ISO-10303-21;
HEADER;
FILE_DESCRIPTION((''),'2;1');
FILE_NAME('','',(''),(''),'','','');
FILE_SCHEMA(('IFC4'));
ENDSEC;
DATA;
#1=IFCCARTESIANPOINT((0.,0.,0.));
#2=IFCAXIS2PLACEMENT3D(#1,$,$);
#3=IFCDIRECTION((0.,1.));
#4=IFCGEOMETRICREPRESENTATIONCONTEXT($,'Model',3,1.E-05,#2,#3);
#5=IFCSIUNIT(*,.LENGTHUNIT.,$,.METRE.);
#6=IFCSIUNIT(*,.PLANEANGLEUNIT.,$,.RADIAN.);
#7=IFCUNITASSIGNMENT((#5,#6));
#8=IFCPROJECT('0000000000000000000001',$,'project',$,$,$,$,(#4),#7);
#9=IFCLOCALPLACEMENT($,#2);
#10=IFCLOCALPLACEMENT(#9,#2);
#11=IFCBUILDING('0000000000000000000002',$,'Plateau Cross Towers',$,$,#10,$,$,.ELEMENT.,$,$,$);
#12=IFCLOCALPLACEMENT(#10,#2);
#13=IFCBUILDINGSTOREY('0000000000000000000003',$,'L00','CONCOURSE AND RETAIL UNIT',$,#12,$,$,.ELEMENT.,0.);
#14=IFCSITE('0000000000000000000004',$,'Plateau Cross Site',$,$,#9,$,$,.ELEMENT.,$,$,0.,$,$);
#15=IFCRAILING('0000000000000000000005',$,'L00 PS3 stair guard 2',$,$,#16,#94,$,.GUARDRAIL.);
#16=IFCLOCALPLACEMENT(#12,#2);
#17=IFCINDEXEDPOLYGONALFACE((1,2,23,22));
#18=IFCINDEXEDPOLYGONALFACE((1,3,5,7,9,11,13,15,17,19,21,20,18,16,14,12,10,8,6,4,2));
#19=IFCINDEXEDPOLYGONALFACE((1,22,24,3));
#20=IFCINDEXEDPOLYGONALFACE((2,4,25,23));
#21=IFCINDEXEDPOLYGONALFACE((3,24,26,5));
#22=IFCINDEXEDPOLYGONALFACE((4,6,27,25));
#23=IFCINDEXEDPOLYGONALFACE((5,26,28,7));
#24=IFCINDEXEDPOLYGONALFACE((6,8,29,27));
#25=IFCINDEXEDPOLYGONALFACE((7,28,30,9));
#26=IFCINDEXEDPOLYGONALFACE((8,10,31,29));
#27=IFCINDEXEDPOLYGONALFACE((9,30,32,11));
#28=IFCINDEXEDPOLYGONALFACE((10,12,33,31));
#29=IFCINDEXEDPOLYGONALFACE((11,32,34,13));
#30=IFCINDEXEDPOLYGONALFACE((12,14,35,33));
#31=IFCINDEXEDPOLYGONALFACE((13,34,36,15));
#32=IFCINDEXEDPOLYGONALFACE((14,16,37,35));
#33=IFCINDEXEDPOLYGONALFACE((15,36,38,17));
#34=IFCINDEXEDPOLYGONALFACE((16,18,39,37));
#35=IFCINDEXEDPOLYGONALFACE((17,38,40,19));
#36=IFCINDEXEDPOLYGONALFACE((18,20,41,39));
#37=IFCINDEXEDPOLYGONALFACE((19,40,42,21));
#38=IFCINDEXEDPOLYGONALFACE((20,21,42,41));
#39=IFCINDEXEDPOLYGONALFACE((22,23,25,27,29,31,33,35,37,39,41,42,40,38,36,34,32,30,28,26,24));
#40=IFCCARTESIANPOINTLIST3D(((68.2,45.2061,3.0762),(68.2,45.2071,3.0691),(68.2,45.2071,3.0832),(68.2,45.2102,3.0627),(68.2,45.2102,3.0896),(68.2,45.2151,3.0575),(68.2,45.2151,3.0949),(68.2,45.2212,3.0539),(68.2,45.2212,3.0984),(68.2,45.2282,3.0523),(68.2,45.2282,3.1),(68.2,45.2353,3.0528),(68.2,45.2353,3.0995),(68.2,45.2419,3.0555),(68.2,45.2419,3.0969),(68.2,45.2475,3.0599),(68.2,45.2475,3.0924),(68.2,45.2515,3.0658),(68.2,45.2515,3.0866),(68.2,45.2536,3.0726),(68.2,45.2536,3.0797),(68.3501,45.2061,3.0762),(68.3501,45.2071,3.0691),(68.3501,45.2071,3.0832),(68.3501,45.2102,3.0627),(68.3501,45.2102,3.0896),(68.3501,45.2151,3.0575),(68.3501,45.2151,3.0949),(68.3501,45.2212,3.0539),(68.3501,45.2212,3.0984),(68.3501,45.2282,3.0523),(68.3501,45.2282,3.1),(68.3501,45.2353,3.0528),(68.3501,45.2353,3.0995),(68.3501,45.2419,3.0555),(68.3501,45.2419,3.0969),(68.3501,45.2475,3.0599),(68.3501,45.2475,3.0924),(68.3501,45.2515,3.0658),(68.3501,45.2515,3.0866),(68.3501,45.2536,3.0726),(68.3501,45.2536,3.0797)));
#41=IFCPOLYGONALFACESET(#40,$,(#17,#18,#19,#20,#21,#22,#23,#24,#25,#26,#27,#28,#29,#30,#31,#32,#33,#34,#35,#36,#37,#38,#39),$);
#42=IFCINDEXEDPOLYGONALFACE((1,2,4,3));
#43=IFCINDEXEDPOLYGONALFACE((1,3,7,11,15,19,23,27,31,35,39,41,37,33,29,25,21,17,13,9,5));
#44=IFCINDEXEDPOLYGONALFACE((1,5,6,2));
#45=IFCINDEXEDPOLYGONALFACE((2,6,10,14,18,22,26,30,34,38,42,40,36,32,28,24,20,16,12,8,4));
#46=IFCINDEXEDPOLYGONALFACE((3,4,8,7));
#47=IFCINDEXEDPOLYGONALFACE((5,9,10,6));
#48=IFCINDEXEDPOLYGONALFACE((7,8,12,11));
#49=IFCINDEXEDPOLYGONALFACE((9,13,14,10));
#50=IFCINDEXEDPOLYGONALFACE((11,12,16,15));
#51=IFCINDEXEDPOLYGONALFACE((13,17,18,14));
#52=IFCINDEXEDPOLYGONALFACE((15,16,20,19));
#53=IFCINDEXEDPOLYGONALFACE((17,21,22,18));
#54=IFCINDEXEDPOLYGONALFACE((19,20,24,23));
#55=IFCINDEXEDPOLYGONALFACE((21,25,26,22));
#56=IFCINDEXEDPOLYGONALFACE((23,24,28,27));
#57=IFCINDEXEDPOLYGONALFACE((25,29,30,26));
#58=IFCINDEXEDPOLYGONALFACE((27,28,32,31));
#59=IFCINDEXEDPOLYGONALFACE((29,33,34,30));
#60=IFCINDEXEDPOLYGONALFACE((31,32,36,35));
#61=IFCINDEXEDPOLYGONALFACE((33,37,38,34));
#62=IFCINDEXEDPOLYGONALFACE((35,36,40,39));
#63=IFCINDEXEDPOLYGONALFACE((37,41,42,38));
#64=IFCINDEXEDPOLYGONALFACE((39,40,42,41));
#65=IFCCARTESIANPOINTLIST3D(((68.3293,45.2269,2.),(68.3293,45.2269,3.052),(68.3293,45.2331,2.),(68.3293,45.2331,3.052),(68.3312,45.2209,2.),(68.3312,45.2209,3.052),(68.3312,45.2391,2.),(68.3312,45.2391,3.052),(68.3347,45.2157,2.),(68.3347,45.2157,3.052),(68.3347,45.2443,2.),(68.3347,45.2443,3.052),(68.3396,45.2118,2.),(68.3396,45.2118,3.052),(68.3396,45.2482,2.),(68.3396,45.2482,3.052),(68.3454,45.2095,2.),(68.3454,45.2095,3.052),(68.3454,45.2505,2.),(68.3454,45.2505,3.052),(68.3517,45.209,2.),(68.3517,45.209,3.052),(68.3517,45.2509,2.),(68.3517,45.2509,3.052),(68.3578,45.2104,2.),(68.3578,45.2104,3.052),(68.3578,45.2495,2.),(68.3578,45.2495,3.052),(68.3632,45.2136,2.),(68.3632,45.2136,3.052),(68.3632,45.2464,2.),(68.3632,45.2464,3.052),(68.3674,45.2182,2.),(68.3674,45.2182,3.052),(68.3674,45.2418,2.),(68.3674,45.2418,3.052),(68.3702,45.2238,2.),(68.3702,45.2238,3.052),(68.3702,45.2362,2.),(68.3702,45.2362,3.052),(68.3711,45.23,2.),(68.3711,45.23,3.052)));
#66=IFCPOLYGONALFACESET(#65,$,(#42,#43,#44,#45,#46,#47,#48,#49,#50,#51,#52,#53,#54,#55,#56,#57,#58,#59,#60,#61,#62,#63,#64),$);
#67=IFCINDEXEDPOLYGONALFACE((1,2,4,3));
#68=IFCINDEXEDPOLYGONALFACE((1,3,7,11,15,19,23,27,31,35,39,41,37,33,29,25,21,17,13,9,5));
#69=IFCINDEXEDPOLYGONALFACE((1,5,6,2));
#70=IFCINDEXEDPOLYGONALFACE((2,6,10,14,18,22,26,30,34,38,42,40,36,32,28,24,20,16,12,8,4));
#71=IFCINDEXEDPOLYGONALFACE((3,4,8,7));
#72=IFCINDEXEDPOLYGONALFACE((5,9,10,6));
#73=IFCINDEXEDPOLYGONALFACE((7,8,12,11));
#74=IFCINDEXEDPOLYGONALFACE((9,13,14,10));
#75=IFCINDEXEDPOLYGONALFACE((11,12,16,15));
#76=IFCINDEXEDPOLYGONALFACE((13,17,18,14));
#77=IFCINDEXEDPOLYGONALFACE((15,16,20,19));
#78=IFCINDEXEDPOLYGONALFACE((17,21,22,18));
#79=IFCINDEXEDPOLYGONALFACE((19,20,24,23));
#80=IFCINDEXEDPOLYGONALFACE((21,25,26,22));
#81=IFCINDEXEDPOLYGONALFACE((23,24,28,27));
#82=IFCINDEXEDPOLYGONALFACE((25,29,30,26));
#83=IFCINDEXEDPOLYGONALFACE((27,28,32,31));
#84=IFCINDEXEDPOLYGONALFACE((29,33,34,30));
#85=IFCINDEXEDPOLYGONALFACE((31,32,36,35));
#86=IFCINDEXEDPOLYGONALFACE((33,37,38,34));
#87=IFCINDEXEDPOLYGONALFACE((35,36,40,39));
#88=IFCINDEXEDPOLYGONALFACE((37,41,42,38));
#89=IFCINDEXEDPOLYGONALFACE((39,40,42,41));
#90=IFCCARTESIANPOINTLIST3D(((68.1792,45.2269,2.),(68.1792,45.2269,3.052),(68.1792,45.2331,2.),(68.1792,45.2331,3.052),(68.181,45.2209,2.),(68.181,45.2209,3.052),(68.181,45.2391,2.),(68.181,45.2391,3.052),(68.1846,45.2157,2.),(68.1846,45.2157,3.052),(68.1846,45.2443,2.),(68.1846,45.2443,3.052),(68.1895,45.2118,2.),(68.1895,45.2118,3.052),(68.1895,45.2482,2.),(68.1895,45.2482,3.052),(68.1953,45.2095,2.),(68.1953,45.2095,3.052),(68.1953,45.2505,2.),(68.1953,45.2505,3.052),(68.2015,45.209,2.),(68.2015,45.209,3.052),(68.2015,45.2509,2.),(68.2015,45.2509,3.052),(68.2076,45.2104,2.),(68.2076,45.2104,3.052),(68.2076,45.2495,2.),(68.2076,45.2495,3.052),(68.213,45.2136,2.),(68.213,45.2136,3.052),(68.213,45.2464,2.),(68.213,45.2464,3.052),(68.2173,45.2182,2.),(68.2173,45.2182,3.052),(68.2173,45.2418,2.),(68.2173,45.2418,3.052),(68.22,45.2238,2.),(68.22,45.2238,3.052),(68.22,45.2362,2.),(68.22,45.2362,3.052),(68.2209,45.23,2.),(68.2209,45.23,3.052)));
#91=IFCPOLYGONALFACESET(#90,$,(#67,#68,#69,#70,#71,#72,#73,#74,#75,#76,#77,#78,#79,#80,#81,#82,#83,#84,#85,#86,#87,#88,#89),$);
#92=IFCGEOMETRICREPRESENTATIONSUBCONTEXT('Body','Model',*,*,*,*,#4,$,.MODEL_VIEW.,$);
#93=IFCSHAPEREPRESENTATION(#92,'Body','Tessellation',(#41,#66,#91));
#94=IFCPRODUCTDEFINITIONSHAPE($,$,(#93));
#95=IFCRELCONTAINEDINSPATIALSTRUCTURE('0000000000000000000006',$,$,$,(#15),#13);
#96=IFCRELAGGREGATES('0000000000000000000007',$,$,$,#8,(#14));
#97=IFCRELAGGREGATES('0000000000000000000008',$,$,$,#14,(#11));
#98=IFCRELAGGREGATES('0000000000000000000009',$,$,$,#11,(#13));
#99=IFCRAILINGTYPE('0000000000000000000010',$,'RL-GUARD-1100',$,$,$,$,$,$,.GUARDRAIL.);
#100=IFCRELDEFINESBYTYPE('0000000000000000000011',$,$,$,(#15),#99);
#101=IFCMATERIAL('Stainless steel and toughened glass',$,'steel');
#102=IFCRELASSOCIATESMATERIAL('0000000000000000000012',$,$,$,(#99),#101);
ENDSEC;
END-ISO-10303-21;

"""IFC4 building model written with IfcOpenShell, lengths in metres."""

from ifc_helpers import new_model, si_unit, direction, frame, origin, origin_2d, place, context, subcontext, project, spatial, circle, extrude, material, type_object, element, save


model = new_model("IFC4")

# Units and contexts
model_context = context("Model", 3, precision=1e-05, world=origin(), true_north=direction((0.0, 1.0)))
body_context = subcontext(model_context, "Body", "Model", "MODEL_VIEW")
ifc_project = project(units=[si_unit("LENGTHUNIT", "METRE"), si_unit("PLANEANGLEUNIT", "RADIAN")], contexts=[model_context])

# Site, building, storey
site_placement = place(None, origin())
site = spatial("IfcSite", under=ifc_project, at=site_placement, Name="Plateau Cross Site", CompositionType="ELEMENT", RefElevation=0.0)
building_placement = place(site_placement, origin())
building = spatial("IfcBuilding", under=site, at=building_placement, Name="Plateau Cross Towers", CompositionType="ELEMENT")
storey_placement = place(building_placement, origin())
storey = spatial("IfcBuildingStorey", under=building, at=storey_placement, Name="L00", Description="CONCOURSE AND RETAIL UNIT", CompositionType="ELEMENT", Elevation=0.0)

# Railing
ifc_material_1 = material(Name="Stainless steel and toughened glass", Category="steel")
railing_type_1 = type_object("IfcRailingType", Name="RL-GUARD-1100", PredefinedType="GUARDRAIL", material=ifc_material_1)
railing_1_placement = place(storey_placement, frame((68.3501, 45.23, 2.0)))
element("IfcRailing", 1, at=railing_1_placement, inside=storey, type_object=railing_type_1, Name="L00 PS3 stair guard 2", PredefinedType="GUARDRAIL", context=body_context, shape_type="SweptSolid", body=[
    extrude(circle(Radius=0.0239, at=origin_2d()), frame((0.0, 0.0, 1.0762), z_axis=(-1.0, 0.0, 0.0), x_axis=(0.0, -1.0, 0.0)), (0.0, 0.0, 1.0), 0.1501),
    extrude(circle(Radius=0.021, at=origin_2d()), origin(), (0.0, 0.0, 1.0), 1.052),
    extrude(circle(Radius=0.021, at=origin_2d()), frame((-0.1501, 0.0, 0.0)), (0.0, 0.0, 1.0), 1.052),
])

save(model, "model.ifc")
